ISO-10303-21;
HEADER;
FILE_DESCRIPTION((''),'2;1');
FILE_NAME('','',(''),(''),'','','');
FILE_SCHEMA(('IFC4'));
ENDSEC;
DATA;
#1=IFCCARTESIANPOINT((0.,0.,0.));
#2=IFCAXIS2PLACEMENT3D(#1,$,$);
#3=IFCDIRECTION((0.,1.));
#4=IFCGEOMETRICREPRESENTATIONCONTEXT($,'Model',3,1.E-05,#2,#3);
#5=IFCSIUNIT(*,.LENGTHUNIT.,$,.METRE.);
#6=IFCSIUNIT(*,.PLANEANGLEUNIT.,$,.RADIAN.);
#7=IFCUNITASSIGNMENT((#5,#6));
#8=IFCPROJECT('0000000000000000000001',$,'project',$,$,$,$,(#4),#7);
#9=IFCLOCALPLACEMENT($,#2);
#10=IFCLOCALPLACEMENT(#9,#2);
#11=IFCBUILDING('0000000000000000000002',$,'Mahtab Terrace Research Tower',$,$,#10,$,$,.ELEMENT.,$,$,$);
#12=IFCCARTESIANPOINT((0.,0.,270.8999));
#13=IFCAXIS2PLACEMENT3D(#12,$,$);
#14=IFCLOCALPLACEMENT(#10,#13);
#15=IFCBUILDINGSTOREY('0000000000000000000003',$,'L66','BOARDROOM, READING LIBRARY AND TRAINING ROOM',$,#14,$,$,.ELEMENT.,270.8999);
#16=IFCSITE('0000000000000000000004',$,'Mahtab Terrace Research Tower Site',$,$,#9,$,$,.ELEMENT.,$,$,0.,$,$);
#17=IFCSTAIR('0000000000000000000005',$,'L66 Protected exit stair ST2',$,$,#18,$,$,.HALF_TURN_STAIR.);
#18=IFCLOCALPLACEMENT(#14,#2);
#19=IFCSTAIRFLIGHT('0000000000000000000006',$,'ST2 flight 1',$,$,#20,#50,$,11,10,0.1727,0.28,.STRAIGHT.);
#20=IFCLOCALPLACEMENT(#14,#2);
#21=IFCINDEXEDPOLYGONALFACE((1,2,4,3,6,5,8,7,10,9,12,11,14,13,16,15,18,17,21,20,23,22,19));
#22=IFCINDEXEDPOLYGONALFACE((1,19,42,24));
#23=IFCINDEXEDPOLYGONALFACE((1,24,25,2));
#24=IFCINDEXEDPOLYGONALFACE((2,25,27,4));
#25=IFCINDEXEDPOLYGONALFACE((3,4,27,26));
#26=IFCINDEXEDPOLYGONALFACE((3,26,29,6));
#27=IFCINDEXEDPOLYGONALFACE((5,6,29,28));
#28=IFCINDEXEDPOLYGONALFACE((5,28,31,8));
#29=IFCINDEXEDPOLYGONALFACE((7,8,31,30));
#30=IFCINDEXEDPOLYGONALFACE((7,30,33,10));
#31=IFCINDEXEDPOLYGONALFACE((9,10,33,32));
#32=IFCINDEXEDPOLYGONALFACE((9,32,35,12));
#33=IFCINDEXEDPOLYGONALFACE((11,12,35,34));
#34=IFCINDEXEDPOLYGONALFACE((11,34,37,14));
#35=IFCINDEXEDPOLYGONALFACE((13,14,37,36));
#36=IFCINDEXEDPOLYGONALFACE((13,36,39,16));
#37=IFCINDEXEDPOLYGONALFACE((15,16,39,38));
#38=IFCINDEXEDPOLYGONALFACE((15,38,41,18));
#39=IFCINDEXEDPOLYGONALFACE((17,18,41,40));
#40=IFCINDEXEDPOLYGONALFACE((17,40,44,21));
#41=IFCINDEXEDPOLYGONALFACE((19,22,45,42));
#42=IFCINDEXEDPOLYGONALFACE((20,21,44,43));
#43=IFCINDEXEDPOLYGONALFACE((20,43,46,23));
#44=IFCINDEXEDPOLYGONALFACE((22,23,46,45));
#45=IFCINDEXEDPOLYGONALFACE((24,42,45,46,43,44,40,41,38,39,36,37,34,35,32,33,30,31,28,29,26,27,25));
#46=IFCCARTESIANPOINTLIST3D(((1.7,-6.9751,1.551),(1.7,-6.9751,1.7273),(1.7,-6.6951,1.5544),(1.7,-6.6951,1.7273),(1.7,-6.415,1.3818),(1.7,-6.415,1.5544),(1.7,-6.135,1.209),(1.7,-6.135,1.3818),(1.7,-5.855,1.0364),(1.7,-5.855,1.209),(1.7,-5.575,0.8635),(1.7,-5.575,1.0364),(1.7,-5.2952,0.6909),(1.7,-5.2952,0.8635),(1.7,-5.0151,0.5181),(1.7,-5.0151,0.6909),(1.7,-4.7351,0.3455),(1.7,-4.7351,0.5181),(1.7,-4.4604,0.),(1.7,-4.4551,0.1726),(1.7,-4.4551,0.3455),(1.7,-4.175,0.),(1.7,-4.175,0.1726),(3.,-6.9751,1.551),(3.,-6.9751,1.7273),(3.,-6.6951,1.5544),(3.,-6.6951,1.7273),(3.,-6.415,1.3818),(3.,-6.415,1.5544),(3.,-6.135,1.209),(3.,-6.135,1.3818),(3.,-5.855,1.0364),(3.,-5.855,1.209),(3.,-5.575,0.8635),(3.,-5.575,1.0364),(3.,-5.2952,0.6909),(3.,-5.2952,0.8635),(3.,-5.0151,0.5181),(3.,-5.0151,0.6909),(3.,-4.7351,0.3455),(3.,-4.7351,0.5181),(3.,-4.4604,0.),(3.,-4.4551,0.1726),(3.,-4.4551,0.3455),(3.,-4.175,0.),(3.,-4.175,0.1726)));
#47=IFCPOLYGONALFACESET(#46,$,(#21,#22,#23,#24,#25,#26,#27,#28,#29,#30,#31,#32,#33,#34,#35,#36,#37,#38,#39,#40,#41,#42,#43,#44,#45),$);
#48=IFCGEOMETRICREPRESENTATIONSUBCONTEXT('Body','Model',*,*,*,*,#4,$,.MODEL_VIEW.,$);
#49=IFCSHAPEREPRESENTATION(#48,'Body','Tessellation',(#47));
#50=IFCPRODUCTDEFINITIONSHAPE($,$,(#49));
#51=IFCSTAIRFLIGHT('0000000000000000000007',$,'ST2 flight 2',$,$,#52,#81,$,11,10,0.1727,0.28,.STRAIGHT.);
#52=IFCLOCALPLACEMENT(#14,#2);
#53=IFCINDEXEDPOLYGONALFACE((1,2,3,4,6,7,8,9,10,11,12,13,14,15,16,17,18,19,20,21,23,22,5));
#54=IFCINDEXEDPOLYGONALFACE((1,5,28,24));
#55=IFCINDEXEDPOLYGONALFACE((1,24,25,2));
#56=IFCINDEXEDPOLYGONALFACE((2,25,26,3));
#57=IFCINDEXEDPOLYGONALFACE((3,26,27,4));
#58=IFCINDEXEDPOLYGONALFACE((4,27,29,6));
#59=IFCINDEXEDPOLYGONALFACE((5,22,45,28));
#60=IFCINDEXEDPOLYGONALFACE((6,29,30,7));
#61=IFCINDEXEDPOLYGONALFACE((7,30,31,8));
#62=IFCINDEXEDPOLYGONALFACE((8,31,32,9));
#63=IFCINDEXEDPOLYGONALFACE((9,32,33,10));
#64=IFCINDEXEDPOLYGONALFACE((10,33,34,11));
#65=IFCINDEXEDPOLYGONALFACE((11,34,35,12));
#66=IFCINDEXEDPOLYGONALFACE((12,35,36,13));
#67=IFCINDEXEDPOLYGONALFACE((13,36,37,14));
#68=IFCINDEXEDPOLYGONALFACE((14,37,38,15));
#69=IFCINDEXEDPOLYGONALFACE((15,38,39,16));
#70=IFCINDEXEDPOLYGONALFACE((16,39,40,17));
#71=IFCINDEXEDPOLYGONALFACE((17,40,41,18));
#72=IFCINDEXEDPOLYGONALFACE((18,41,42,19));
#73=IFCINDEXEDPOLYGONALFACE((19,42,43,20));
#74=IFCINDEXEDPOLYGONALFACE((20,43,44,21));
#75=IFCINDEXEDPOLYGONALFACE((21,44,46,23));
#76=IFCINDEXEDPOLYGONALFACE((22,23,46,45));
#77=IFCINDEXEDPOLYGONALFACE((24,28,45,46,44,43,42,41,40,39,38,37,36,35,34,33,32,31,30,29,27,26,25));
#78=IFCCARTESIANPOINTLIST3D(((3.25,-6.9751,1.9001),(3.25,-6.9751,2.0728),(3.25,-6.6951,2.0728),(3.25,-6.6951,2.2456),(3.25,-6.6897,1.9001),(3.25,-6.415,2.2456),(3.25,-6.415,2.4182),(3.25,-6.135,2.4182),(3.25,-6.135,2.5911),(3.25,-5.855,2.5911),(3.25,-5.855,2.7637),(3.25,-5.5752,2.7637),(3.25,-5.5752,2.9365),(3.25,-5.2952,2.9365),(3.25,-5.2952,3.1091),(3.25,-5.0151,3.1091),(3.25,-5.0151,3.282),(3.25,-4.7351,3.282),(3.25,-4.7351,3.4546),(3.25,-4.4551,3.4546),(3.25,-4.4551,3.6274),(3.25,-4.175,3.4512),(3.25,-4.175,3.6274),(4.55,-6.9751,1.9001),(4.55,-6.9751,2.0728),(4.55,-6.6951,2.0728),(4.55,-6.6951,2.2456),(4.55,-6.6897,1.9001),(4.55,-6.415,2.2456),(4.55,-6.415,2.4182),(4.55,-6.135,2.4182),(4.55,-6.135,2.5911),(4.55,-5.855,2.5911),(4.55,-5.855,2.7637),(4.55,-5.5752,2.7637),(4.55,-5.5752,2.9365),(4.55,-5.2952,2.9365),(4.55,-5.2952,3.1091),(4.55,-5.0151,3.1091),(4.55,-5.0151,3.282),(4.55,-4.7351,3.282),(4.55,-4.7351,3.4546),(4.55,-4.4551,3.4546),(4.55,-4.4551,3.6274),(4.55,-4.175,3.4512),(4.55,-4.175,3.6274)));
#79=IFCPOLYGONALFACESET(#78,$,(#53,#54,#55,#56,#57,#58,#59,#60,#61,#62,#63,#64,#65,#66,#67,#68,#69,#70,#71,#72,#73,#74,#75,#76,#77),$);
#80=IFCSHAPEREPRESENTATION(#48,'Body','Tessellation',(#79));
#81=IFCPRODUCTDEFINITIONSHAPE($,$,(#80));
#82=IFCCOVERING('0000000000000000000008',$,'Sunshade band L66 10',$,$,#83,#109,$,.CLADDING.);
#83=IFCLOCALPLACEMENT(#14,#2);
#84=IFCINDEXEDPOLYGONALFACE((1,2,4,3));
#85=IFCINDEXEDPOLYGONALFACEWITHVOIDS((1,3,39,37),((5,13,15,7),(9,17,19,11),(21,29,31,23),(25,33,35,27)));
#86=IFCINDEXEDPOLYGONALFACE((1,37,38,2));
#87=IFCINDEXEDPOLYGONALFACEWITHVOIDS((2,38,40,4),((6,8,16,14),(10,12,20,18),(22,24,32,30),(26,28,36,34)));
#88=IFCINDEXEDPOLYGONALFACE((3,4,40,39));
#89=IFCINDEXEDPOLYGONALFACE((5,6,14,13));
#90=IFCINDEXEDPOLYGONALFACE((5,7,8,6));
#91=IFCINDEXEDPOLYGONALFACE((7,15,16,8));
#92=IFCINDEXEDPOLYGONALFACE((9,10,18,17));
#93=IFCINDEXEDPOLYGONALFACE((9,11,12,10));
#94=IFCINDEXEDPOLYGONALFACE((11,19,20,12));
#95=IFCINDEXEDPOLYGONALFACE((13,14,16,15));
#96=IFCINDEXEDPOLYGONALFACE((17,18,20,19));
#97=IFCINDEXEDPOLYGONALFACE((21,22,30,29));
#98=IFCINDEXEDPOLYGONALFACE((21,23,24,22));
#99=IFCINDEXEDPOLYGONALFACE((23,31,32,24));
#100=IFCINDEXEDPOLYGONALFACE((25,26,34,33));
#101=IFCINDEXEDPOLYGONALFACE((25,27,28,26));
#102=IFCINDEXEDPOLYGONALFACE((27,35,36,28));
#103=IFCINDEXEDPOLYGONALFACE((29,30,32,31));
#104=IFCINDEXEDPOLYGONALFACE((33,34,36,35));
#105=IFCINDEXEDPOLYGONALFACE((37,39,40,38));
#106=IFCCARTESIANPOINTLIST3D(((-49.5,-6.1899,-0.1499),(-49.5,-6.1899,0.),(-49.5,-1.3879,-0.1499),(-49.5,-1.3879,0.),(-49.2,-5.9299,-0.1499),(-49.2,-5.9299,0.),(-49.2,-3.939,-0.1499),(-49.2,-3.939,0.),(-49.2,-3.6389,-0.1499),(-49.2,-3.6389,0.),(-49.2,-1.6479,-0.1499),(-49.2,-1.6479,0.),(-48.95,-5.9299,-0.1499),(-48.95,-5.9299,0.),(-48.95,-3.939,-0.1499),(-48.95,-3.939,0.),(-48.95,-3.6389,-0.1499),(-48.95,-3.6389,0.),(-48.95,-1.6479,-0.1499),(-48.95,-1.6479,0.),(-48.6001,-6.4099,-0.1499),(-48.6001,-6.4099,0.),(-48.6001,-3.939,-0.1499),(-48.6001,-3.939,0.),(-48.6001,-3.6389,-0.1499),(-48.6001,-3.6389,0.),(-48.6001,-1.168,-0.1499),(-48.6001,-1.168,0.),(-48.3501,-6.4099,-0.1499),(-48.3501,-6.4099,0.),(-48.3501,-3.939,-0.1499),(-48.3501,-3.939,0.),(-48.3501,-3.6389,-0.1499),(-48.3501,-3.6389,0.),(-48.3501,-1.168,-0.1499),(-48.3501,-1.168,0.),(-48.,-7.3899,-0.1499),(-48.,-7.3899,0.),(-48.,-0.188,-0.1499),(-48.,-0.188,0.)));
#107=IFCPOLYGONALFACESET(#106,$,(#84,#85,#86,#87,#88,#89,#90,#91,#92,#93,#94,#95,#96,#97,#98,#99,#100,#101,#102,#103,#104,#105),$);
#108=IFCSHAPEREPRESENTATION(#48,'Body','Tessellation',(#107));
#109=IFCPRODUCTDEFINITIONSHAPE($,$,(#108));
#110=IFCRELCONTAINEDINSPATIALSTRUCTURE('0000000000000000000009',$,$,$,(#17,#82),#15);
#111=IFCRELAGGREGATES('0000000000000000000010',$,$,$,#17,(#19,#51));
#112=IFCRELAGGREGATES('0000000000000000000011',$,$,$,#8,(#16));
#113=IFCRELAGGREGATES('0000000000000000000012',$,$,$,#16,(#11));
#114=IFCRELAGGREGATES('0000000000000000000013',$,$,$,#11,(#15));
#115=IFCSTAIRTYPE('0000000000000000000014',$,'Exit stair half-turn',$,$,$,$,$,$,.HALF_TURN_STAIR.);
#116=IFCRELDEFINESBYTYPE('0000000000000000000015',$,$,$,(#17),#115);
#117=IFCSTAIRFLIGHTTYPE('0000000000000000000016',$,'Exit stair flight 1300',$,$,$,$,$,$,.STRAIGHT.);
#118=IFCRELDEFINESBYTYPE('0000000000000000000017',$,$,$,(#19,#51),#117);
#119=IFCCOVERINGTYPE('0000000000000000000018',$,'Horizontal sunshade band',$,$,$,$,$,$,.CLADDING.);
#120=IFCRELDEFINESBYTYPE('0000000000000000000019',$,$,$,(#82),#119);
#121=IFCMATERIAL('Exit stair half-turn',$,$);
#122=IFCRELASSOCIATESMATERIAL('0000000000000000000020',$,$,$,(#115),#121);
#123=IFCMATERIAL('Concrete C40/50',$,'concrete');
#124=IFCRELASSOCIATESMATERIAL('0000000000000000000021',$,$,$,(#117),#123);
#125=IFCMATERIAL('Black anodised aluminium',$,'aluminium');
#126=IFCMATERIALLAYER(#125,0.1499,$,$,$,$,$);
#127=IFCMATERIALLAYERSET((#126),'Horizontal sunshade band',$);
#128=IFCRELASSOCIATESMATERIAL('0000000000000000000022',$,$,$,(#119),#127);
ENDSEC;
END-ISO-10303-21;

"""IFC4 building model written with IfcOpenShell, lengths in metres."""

from ifc_helpers import new_model, si_unit, direction, frame, origin, place, context, subcontext, project, spatial, polyline, outline, extrude, material, layer, layer_set, type_object, element, aggregate, save


model = new_model("IFC4")

# Units and contexts
model_context = context("Model", 3, precision=1e-05, world=origin(), true_north=direction((0.0, 1.0)))
body_context = subcontext(model_context, "Body", "Model", "MODEL_VIEW")
ifc_project = project(units=[si_unit("LENGTHUNIT", "METRE"), si_unit("PLANEANGLEUNIT", "RADIAN")], contexts=[model_context])

# Site, building, storey
site_placement = place(None, origin())
site = spatial("IfcSite", under=ifc_project, at=site_placement, Name="Mahtab Terrace Research Tower Site", CompositionType="ELEMENT", RefElevation=0.0)
building_placement = place(site_placement, origin())
building = spatial("IfcBuilding", under=site, at=building_placement, Name="Mahtab Terrace Research Tower", CompositionType="ELEMENT")
storey_placement = place(building_placement, frame((0.0, 0.0, 270.8999)))
storey = spatial("IfcBuildingStorey", under=building, at=storey_placement, Name="L66", Description="BOARDROOM, READING LIBRARY AND TRAINING ROOM", CompositionType="ELEMENT", Elevation=270.8999)

# Stair
ifc_material_1 = material(Name="Exit stair half-turn")
stair_type = type_object("IfcStairType", Name="Exit stair half-turn", PredefinedType="HALF_TURN_STAIR", material=ifc_material_1)
ifc_material_2 = material(Name="Concrete C40/50", Category="concrete")
stair_1_placement = place(storey_placement, origin())
stair_1 = element("IfcStair", 1, at=stair_1_placement, inside=storey, type_object=stair_type, Name="L66 Protected exit stair ST2", PredefinedType="HALF_TURN_STAIR")

# Stair flights
stair_flight_type = type_object("IfcStairFlightType", Name="Exit stair flight 1300", PredefinedType="STRAIGHT", material=ifc_material_2)
stair_flight_1_placement = place(storey_placement, frame((2.3501, -4.175, 0.0), z_axis=(0.0, 0.0, 1.0), x_axis=(0.0, -1.0, 0.0)))
stair_flight_1 = element("IfcStairFlight", 2, at=stair_flight_1_placement, type_object=stair_flight_type, Name="ST2 flight 1", NumberOfRisers=11, NumberOfTreads=10, PredefinedType="STRAIGHT", RiserHeight=0.1727, TreadLength=0.28, context=body_context, shape_type="SweptSolid", body=[
    extrude(outline(polyline([(0.0, 0.0), (0.0, 0.1726), (0.28, 0.1726), (0.28, 0.3455), (0.5601, 0.3455), (0.5601, 0.5181), (0.8401, 0.5181), (0.8401, 0.6909), (1.1201, 0.6909), (1.1201, 0.8635), (1.3999, 0.8635), (1.3999, 1.0364), (1.6799, 1.0364), (1.6799, 1.209), (1.96, 1.209), (1.96, 1.3818), (2.24, 1.3818), (2.24, 1.5544), (2.52, 1.5544), (2.52, 1.7273), (2.8, 1.7273), (2.8, 1.8999), (2.8, 1.551), (0.2854, 0.0), (0.0, 0.0)])), frame((0.0, 0.6499, 0.0), z_axis=(0.0, -1.0, 0.0), x_axis=(1.0, 0.0, 0.0)), (0.0, 0.0, 1.0), 1.3),
])
stair_flight_2_placement = place(storey_placement, frame((3.8999, -6.9751, 1.9001), z_axis=(0.0, 0.0, 1.0), x_axis=(0.0, 1.0, 0.0)))
stair_flight_2 = element("IfcStairFlight", 3, at=stair_flight_2_placement, type_object=stair_flight_type, Name="ST2 flight 2", NumberOfRisers=11, NumberOfTreads=10, PredefinedType="STRAIGHT", RiserHeight=0.1727, TreadLength=0.28, context=body_context, shape_type="SweptSolid", body=[
    extrude(outline(polyline([(0.0, 0.0), (0.0, 0.1726), (0.28, 0.1726), (0.28, 0.3455), (0.5601, 0.3455), (0.5601, 0.5181), (0.8401, 0.5181), (0.8401, 0.6909), (1.1201, 0.6909), (1.1201, 0.8635), (1.3999, 0.8635), (1.3999, 1.0364), (1.6799, 1.0364), (1.6799, 1.209), (1.96, 1.209), (1.96, 1.3818), (2.24, 1.3818), (2.24, 1.5544), (2.52, 1.5544), (2.52, 1.7273), (2.8, 1.7273), (2.8, 1.8999), (2.8, 1.551), (0.2854, 0.0), (0.0, 0.0)])), frame((0.0, 0.6499, 0.0), z_axis=(0.0, -1.0, 0.0), x_axis=(1.0, 0.0, 0.0)), (0.0, 0.0, 1.0), 1.3),
])
aggregate(stair_1, [stair_flight_1, stair_flight_2])

# Covering
ifc_material_3 = material(Name="Black anodised aluminium", Category="aluminium")
ifc_layer_1 = layer(ifc_material_3, 0.1499)
ifc_layer_set_1 = layer_set([ifc_layer_1], Name="Horizontal sunshade band")
covering_type = type_object("IfcCoveringType", Name="Horizontal sunshade band", PredefinedType="CLADDING", material=ifc_layer_set_1)
covering_1_placement = place(storey_placement, frame((0.0, 0.0, -0.1499)))
element("IfcCovering", 4, at=covering_1_placement, inside=storey, type_object=covering_type, Name="Sunshade band L66 10", PredefinedType="CLADDING", context=body_context, shape_type="SweptSolid", body=[
    extrude(outline(polyline([(-48.0, -0.188), (-48.0, -7.3899), (-49.5, -6.1899), (-49.5, -1.3879), (-48.0, -0.188)]), holes=[polyline([(-48.3501, -1.168), (-48.3501, -3.6389), (-48.6001, -3.6389), (-48.6001, -1.168), (-48.3501, -1.168)]), polyline([(-48.3501, -3.939), (-48.3501, -6.4099), (-48.6001, -6.4099), (-48.6001, -3.939), (-48.3501, -3.939)]), polyline([(-48.95, -1.6479), (-48.95, -3.6389), (-49.2, -3.6389), (-49.2, -1.6479), (-48.95, -1.6479)]), polyline([(-48.95, -3.939), (-48.95, -5.9299), (-49.2, -5.9299), (-49.2, -3.939), (-48.95, -3.939)])]), origin(), (0.0, 0.0, 1.0), 0.1499),
])

save(model, "model.ifc")
